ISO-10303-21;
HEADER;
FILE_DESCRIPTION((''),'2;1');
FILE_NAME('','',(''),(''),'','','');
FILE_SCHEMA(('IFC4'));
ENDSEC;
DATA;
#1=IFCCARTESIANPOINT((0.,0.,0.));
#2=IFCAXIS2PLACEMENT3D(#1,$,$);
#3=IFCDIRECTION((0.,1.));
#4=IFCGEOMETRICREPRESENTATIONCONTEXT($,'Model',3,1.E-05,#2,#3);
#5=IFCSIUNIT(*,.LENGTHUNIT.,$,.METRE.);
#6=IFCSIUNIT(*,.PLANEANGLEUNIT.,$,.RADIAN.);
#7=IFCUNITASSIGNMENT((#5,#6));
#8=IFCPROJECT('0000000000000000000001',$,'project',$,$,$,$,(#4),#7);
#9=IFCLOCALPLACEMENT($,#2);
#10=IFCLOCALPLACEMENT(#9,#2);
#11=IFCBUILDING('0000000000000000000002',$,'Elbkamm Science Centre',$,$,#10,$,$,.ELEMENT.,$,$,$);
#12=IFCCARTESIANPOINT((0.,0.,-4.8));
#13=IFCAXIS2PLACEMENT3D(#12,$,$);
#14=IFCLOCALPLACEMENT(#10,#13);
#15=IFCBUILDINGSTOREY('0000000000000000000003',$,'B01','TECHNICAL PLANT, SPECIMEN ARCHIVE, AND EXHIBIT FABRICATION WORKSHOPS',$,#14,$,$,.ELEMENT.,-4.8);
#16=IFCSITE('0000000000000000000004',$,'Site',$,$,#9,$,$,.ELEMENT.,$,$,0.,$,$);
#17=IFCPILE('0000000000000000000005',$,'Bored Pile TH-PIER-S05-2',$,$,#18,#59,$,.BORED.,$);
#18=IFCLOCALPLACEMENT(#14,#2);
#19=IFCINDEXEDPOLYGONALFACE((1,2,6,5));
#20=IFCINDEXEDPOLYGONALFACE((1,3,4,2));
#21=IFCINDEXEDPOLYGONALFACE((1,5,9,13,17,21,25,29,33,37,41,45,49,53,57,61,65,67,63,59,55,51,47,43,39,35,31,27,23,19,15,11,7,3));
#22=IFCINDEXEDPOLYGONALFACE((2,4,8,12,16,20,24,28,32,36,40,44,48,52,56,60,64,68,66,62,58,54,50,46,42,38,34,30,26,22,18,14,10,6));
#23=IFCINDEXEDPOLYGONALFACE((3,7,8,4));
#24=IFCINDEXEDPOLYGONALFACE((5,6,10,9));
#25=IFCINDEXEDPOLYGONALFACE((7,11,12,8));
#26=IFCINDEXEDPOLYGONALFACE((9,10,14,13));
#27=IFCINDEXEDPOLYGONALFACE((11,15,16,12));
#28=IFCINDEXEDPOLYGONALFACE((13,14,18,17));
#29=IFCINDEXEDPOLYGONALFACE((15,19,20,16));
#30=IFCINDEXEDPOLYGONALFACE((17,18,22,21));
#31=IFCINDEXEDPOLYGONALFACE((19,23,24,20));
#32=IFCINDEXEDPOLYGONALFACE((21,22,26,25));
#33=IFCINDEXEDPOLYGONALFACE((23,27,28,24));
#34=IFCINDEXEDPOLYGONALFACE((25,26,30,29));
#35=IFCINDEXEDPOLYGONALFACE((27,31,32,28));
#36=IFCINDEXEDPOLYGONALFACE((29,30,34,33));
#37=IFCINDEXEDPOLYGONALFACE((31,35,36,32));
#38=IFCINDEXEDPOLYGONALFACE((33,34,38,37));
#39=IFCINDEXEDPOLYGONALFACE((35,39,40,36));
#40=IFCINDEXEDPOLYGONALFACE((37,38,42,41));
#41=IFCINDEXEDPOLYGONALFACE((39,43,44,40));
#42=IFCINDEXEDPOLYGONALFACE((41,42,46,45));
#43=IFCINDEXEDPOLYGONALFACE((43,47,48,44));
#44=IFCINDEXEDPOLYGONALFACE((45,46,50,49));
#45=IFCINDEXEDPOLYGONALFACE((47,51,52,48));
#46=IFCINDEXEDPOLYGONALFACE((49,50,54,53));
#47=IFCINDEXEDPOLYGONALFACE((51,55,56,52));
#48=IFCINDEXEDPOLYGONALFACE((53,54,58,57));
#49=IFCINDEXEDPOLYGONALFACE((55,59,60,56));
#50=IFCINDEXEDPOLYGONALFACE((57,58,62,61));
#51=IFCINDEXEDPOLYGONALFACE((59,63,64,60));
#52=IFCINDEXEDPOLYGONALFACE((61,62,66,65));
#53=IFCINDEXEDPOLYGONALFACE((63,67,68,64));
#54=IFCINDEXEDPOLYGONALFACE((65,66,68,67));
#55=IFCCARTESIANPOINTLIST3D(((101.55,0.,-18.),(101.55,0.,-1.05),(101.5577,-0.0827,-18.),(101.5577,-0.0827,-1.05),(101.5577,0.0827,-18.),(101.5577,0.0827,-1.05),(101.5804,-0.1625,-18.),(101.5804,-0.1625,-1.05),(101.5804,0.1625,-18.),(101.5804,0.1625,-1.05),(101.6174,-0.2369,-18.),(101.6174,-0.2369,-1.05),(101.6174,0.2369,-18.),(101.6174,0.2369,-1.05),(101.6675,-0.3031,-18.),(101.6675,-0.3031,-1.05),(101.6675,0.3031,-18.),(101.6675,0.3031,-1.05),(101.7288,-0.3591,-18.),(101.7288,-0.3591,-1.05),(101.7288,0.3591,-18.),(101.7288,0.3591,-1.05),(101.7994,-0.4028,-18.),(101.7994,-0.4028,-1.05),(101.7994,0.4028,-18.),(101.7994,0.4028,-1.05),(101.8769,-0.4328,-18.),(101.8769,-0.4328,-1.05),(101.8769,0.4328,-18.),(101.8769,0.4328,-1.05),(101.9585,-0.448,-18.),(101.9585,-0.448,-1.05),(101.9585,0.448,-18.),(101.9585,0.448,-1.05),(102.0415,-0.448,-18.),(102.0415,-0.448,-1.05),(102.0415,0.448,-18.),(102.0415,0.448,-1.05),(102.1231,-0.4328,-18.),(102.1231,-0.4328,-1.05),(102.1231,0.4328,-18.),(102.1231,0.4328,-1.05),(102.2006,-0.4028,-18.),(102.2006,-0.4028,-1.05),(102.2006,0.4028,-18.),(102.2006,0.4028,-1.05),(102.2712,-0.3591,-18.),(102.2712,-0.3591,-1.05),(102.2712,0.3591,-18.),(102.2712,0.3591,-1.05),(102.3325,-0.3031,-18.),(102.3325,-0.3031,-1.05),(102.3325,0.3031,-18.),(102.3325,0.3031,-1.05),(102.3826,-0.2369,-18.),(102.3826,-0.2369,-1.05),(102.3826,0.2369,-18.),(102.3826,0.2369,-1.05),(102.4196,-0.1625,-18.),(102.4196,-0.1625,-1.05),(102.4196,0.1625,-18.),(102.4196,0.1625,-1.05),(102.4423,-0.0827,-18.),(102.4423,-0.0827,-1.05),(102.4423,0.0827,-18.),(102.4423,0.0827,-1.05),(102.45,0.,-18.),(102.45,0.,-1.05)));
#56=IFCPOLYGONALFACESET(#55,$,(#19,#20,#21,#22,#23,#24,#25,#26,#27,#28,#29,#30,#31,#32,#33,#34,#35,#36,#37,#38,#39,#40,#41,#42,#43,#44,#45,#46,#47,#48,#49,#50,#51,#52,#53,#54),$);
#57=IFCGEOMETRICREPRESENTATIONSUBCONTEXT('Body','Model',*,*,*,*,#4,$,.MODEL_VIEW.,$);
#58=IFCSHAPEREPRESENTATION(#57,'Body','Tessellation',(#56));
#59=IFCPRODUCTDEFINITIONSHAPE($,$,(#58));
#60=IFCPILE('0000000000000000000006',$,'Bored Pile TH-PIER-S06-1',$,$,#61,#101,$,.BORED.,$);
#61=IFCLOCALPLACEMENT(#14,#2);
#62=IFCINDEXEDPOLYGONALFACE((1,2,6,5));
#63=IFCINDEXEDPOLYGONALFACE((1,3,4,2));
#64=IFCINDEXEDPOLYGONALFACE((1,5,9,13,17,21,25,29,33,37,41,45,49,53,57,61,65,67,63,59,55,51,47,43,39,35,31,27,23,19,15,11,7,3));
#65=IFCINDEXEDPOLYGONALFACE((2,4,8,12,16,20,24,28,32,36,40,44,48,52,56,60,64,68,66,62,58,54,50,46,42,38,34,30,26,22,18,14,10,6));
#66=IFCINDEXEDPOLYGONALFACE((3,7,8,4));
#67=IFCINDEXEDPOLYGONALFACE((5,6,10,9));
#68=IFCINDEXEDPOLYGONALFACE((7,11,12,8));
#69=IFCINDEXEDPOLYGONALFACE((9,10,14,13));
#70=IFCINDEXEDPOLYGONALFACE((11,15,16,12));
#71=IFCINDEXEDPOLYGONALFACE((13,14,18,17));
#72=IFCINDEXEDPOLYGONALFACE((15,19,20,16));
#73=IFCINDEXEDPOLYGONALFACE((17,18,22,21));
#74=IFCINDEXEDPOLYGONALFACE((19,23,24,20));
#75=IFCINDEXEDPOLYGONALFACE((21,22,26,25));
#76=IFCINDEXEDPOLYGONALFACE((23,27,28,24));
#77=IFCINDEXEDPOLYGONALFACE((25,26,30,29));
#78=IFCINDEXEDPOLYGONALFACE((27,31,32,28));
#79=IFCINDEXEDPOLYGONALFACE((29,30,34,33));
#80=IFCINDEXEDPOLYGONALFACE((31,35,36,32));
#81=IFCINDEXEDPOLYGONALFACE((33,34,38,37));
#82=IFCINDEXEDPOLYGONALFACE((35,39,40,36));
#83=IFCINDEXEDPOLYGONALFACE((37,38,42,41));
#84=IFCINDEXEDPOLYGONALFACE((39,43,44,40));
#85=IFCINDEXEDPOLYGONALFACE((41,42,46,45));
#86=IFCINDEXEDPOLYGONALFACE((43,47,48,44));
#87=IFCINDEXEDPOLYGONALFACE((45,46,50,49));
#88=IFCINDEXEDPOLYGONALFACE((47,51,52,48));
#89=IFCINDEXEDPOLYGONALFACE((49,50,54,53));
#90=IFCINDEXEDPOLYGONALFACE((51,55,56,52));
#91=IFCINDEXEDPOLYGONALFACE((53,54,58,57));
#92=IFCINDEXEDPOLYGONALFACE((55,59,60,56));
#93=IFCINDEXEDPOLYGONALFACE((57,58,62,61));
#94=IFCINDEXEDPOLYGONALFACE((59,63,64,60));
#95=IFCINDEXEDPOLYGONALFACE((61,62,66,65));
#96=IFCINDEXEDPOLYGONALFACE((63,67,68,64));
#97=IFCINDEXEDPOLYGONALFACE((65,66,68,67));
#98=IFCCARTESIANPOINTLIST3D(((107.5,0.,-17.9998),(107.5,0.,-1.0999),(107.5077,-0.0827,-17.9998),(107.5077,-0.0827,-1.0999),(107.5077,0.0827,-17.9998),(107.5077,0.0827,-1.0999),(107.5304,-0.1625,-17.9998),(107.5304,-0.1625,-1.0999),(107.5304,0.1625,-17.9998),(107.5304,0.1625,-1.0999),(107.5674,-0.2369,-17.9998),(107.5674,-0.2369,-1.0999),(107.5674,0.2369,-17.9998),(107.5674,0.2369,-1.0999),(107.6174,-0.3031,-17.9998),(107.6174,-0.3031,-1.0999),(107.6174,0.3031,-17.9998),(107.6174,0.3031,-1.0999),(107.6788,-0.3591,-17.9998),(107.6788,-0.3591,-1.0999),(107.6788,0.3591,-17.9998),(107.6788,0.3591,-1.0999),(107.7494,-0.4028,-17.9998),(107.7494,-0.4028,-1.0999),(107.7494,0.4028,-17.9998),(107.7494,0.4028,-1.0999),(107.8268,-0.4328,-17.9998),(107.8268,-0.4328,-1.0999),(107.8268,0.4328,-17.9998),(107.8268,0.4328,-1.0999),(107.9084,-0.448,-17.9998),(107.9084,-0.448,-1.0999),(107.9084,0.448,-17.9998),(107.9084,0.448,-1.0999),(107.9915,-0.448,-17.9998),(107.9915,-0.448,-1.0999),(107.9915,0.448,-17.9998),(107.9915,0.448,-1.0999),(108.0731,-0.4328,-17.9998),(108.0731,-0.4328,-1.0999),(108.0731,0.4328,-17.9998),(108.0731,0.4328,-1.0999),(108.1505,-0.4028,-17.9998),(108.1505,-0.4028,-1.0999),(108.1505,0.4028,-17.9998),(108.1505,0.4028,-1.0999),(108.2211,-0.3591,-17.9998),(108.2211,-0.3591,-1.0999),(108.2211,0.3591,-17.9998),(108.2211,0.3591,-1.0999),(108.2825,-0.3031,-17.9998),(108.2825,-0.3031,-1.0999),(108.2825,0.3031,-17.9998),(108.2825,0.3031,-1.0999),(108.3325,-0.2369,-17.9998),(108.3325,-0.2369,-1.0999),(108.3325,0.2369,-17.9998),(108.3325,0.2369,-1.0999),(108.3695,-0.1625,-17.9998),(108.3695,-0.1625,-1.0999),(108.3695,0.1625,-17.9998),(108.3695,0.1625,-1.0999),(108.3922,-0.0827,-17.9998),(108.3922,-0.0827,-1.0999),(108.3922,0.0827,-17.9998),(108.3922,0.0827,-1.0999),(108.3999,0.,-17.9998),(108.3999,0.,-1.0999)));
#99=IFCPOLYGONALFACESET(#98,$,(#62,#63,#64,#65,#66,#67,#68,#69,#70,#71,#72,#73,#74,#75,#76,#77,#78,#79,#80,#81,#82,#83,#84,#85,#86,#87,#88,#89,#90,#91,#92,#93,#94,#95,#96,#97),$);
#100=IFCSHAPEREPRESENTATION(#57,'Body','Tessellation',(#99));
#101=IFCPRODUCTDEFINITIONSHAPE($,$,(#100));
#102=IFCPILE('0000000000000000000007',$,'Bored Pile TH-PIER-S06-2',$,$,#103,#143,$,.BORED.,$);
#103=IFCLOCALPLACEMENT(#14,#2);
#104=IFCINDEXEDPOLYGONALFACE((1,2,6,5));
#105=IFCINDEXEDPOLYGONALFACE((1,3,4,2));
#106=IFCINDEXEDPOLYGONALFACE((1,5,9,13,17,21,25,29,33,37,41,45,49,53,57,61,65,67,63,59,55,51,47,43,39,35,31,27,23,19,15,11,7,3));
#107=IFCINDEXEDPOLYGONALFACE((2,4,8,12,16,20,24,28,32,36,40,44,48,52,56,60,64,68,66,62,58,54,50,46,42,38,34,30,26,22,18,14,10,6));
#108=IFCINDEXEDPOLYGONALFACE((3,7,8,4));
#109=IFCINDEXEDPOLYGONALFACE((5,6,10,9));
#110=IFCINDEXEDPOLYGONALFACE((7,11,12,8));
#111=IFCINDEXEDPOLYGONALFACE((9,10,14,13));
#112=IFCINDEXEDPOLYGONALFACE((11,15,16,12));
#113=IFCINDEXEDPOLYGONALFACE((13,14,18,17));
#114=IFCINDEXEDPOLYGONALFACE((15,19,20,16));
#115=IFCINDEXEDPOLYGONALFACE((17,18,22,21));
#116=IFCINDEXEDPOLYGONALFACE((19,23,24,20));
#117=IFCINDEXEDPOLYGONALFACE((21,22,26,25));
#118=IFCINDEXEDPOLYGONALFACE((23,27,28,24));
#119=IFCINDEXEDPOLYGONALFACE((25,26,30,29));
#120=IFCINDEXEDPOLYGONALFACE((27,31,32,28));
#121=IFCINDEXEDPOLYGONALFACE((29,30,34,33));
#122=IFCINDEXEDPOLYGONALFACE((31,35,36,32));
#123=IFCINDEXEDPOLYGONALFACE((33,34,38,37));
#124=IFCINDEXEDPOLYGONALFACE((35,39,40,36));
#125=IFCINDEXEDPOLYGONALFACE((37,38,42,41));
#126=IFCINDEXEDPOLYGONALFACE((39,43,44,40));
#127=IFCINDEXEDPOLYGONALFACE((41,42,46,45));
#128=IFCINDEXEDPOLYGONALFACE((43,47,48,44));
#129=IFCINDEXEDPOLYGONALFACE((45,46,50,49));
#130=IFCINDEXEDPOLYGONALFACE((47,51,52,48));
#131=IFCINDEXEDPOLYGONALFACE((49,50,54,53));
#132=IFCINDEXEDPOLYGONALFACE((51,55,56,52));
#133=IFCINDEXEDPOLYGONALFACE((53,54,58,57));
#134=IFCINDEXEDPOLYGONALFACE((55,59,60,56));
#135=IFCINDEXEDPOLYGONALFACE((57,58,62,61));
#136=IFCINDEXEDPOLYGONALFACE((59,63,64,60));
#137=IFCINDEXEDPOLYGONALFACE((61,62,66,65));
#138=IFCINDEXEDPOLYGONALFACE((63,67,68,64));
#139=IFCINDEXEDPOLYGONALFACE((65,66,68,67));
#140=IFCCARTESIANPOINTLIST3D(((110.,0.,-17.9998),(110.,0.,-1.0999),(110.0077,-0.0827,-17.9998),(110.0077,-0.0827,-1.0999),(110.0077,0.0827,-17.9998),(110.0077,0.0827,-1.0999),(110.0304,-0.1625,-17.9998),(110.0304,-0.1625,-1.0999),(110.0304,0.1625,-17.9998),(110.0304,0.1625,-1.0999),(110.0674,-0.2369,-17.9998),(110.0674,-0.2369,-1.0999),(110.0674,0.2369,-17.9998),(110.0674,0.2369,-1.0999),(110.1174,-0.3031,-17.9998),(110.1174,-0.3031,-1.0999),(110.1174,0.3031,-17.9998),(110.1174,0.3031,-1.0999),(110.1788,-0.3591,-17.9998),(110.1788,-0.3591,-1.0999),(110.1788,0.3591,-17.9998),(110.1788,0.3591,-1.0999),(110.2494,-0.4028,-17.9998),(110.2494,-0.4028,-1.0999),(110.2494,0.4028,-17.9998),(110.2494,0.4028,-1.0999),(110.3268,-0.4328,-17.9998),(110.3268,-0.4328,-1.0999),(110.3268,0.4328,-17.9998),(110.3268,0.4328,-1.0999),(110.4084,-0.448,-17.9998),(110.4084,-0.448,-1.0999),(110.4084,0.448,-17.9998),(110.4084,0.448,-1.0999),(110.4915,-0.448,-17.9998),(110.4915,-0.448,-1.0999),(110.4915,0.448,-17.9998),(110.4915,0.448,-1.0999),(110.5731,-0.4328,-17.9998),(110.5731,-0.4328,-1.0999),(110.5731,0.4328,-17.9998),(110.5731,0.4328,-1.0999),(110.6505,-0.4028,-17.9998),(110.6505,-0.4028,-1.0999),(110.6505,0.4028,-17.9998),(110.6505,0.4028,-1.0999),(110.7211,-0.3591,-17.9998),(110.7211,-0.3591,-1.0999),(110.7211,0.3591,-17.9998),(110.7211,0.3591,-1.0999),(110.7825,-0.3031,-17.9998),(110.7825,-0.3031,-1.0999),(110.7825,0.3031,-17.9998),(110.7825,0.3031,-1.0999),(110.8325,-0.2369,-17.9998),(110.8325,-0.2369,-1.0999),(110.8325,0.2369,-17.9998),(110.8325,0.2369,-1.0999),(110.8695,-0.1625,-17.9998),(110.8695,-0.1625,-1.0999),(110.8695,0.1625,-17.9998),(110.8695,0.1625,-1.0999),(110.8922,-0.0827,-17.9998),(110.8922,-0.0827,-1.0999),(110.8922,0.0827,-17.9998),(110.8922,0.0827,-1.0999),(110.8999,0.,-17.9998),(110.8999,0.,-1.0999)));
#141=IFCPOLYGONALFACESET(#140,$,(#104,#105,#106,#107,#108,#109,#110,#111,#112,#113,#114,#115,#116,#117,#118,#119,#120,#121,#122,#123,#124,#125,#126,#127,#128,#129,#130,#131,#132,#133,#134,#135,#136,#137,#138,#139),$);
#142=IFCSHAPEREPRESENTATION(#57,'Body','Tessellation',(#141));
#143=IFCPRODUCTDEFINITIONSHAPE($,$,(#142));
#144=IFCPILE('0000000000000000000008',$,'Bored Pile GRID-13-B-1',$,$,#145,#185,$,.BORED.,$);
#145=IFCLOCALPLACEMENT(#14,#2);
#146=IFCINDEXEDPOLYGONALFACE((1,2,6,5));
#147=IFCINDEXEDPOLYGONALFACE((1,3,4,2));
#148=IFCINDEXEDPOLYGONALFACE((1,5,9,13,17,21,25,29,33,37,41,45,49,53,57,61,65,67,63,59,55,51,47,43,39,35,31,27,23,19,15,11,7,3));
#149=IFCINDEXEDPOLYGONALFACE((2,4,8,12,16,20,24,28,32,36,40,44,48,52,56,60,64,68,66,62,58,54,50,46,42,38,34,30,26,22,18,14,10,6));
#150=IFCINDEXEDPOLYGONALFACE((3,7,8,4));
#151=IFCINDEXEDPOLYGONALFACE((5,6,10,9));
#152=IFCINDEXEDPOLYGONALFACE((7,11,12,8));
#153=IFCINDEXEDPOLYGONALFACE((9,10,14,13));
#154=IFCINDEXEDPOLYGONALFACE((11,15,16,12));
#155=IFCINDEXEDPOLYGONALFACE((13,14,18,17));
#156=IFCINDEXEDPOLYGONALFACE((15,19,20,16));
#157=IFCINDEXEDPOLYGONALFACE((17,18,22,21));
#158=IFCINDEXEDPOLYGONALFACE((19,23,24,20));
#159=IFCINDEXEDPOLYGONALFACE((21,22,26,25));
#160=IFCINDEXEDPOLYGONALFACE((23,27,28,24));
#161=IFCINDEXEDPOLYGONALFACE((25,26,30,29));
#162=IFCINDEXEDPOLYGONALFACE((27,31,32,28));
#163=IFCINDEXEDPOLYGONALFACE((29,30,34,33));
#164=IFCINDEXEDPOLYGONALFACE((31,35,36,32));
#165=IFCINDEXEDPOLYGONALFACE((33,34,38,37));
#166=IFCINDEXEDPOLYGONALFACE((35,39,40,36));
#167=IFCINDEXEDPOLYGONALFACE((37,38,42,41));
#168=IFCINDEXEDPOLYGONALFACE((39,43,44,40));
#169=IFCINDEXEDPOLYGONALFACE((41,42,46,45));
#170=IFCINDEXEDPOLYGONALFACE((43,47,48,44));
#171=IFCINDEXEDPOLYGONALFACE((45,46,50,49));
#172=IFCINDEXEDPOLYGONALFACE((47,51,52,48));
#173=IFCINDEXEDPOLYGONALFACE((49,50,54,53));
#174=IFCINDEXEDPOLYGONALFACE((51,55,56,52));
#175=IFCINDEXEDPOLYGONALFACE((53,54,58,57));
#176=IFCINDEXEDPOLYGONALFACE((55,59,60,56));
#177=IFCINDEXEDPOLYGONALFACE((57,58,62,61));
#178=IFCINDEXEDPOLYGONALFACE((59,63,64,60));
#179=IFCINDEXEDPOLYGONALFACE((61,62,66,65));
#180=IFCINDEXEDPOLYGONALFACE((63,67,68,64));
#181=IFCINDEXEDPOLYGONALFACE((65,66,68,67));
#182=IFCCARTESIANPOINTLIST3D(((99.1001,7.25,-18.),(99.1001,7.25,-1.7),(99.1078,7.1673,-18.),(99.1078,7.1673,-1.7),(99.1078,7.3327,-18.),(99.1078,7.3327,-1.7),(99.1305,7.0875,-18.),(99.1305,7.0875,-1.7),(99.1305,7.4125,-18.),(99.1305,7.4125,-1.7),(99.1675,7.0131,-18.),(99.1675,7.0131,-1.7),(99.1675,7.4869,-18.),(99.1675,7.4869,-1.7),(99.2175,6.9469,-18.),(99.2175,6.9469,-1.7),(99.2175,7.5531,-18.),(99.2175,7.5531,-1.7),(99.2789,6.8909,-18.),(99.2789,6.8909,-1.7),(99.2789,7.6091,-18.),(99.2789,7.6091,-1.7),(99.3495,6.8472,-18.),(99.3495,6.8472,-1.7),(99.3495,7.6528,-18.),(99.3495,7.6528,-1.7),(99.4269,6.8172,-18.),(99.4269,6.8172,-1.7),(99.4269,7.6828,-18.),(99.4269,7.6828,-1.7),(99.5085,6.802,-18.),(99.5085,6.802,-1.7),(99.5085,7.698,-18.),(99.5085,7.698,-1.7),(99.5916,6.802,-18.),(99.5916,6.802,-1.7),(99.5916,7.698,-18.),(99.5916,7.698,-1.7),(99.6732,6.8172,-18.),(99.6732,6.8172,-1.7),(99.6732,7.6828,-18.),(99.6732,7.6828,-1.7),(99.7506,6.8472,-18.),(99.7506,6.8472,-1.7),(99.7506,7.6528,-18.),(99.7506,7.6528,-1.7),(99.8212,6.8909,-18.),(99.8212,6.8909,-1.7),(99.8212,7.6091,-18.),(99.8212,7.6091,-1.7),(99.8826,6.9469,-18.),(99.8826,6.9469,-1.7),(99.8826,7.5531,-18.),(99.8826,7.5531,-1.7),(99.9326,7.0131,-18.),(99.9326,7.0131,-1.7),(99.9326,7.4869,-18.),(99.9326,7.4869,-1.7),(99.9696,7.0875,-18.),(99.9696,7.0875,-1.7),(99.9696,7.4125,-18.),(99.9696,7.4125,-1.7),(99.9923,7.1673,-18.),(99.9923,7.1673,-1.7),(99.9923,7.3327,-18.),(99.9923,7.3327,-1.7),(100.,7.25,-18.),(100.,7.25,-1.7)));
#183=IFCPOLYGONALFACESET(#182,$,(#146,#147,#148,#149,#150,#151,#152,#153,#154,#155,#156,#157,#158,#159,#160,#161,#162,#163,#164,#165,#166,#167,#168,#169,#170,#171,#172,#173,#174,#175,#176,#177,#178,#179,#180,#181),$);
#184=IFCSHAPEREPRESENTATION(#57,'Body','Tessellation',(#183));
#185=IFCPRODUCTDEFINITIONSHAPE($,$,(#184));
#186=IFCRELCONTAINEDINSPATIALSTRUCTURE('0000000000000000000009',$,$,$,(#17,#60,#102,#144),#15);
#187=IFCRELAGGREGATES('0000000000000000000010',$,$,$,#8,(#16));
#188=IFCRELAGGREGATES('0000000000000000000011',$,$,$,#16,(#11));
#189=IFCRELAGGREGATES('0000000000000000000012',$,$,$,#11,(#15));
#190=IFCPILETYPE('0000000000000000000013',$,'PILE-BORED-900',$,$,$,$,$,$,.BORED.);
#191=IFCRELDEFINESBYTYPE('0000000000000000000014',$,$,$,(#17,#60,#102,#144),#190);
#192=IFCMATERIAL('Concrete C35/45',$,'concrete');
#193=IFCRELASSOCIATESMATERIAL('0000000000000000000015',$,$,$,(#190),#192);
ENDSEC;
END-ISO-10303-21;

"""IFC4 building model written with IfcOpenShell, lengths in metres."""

from ifc_helpers import new_model, si_unit, direction, frame, origin, origin_2d, place, context, subcontext, project, spatial, circle, extrude, material, material_profile, profile_set, type_object, element, save


model = new_model("IFC4")

# Units and contexts
model_context = context("Model", 3, precision=1e-05, world=origin(), true_north=direction((0.0, 1.0)))
body_context = subcontext(model_context, "Body", "Model", "MODEL_VIEW")
ifc_project = project(units=[si_unit("LENGTHUNIT", "METRE"), si_unit("PLANEANGLEUNIT", "RADIAN")], contexts=[model_context])

# Site, building, storey
site_placement = place(None, origin())
site = spatial("IfcSite", under=ifc_project, at=site_placement, Name="Site", CompositionType="ELEMENT", RefElevation=0.0)
building_placement = place(site_placement, origin())
building = spatial("IfcBuilding", under=site, at=building_placement, Name="Elbkamm Science Centre", CompositionType="ELEMENT")
storey_placement = place(building_placement, frame((0.0, 0.0, -4.8)))
storey = spatial("IfcBuildingStorey", under=building, at=storey_placement, Name="B01", Description="TECHNICAL PLANT, SPECIMEN ARCHIVE, AND EXHIBIT FABRICATION WORKSHOPS", CompositionType="ELEMENT", Elevation=-4.8)

# Shared definitions
ifc_material_1 = material(Name="Concrete C35/45", Category="concrete")

# Piles
ifc_material_profile_1 = material_profile(ifc_material_1, circle(Radius=0.45, at=origin_2d()), Name="PILE D900")
ifc_profile_set_1 = profile_set([ifc_material_profile_1], Name="Concrete C35/45")
pile_type = type_object("IfcPileType", Name="PILE-BORED-900", PredefinedType="BORED", material=ifc_profile_set_1)
for number, where, z_axis, x_axis, name in (
    (1, (102.0, 0.0, -1.05), (0.0, 0.0, -1.0), (1.0, 0.0, 0.0), "Bored Pile TH-PIER-S05-2"),
):
    element("IfcPile", number, at=place(storey_placement, frame(where, z_axis=z_axis, x_axis=x_axis)), inside=storey, type_object=pile_type, Name=name, PredefinedType="BORED", context=body_context, shape_type="SweptSolid", body=[
        extrude(circle(Radius=0.45, at=origin_2d()), origin(), (0.0, 0.0, 1.0), 16.95),
    ])
for number, where, z_axis, x_axis, name in (
    (2, (107.95, 0.0, -1.0999), (0.0, 0.0, -1.0), (1.0, 0.0, 0.0), "Bored Pile TH-PIER-S06-1"),
    (3, (110.45, 0.0, -1.0999), (0.0, 0.0, -1.0), (1.0, 0.0, 0.0), "Bored Pile TH-PIER-S06-2"),
):
    element("IfcPile", number, at=place(storey_placement, frame(where, z_axis=z_axis, x_axis=x_axis)), inside=storey, type_object=pile_type, Name=name, PredefinedType="BORED", context=body_context, shape_type="SweptSolid", body=[
        extrude(circle(Radius=0.45, at=origin_2d()), origin(), (0.0, 0.0, 1.0), 16.8999),
    ])
for number, where, z_axis, x_axis, name in (
    (4, (99.55, 7.25, -1.7), (0.0, 0.0, -1.0), (1.0, 0.0, 0.0), "Bored Pile GRID-13-B-1"),
):
    element("IfcPile", number, at=place(storey_placement, frame(where, z_axis=z_axis, x_axis=x_axis)), inside=storey, type_object=pile_type, Name=name, PredefinedType="BORED", context=body_context, shape_type="SweptSolid", body=[
        extrude(circle(Radius=0.45, at=origin_2d()), origin(), (0.0, 0.0, 1.0), 16.3),
    ])

save(model, "model.ifc")
